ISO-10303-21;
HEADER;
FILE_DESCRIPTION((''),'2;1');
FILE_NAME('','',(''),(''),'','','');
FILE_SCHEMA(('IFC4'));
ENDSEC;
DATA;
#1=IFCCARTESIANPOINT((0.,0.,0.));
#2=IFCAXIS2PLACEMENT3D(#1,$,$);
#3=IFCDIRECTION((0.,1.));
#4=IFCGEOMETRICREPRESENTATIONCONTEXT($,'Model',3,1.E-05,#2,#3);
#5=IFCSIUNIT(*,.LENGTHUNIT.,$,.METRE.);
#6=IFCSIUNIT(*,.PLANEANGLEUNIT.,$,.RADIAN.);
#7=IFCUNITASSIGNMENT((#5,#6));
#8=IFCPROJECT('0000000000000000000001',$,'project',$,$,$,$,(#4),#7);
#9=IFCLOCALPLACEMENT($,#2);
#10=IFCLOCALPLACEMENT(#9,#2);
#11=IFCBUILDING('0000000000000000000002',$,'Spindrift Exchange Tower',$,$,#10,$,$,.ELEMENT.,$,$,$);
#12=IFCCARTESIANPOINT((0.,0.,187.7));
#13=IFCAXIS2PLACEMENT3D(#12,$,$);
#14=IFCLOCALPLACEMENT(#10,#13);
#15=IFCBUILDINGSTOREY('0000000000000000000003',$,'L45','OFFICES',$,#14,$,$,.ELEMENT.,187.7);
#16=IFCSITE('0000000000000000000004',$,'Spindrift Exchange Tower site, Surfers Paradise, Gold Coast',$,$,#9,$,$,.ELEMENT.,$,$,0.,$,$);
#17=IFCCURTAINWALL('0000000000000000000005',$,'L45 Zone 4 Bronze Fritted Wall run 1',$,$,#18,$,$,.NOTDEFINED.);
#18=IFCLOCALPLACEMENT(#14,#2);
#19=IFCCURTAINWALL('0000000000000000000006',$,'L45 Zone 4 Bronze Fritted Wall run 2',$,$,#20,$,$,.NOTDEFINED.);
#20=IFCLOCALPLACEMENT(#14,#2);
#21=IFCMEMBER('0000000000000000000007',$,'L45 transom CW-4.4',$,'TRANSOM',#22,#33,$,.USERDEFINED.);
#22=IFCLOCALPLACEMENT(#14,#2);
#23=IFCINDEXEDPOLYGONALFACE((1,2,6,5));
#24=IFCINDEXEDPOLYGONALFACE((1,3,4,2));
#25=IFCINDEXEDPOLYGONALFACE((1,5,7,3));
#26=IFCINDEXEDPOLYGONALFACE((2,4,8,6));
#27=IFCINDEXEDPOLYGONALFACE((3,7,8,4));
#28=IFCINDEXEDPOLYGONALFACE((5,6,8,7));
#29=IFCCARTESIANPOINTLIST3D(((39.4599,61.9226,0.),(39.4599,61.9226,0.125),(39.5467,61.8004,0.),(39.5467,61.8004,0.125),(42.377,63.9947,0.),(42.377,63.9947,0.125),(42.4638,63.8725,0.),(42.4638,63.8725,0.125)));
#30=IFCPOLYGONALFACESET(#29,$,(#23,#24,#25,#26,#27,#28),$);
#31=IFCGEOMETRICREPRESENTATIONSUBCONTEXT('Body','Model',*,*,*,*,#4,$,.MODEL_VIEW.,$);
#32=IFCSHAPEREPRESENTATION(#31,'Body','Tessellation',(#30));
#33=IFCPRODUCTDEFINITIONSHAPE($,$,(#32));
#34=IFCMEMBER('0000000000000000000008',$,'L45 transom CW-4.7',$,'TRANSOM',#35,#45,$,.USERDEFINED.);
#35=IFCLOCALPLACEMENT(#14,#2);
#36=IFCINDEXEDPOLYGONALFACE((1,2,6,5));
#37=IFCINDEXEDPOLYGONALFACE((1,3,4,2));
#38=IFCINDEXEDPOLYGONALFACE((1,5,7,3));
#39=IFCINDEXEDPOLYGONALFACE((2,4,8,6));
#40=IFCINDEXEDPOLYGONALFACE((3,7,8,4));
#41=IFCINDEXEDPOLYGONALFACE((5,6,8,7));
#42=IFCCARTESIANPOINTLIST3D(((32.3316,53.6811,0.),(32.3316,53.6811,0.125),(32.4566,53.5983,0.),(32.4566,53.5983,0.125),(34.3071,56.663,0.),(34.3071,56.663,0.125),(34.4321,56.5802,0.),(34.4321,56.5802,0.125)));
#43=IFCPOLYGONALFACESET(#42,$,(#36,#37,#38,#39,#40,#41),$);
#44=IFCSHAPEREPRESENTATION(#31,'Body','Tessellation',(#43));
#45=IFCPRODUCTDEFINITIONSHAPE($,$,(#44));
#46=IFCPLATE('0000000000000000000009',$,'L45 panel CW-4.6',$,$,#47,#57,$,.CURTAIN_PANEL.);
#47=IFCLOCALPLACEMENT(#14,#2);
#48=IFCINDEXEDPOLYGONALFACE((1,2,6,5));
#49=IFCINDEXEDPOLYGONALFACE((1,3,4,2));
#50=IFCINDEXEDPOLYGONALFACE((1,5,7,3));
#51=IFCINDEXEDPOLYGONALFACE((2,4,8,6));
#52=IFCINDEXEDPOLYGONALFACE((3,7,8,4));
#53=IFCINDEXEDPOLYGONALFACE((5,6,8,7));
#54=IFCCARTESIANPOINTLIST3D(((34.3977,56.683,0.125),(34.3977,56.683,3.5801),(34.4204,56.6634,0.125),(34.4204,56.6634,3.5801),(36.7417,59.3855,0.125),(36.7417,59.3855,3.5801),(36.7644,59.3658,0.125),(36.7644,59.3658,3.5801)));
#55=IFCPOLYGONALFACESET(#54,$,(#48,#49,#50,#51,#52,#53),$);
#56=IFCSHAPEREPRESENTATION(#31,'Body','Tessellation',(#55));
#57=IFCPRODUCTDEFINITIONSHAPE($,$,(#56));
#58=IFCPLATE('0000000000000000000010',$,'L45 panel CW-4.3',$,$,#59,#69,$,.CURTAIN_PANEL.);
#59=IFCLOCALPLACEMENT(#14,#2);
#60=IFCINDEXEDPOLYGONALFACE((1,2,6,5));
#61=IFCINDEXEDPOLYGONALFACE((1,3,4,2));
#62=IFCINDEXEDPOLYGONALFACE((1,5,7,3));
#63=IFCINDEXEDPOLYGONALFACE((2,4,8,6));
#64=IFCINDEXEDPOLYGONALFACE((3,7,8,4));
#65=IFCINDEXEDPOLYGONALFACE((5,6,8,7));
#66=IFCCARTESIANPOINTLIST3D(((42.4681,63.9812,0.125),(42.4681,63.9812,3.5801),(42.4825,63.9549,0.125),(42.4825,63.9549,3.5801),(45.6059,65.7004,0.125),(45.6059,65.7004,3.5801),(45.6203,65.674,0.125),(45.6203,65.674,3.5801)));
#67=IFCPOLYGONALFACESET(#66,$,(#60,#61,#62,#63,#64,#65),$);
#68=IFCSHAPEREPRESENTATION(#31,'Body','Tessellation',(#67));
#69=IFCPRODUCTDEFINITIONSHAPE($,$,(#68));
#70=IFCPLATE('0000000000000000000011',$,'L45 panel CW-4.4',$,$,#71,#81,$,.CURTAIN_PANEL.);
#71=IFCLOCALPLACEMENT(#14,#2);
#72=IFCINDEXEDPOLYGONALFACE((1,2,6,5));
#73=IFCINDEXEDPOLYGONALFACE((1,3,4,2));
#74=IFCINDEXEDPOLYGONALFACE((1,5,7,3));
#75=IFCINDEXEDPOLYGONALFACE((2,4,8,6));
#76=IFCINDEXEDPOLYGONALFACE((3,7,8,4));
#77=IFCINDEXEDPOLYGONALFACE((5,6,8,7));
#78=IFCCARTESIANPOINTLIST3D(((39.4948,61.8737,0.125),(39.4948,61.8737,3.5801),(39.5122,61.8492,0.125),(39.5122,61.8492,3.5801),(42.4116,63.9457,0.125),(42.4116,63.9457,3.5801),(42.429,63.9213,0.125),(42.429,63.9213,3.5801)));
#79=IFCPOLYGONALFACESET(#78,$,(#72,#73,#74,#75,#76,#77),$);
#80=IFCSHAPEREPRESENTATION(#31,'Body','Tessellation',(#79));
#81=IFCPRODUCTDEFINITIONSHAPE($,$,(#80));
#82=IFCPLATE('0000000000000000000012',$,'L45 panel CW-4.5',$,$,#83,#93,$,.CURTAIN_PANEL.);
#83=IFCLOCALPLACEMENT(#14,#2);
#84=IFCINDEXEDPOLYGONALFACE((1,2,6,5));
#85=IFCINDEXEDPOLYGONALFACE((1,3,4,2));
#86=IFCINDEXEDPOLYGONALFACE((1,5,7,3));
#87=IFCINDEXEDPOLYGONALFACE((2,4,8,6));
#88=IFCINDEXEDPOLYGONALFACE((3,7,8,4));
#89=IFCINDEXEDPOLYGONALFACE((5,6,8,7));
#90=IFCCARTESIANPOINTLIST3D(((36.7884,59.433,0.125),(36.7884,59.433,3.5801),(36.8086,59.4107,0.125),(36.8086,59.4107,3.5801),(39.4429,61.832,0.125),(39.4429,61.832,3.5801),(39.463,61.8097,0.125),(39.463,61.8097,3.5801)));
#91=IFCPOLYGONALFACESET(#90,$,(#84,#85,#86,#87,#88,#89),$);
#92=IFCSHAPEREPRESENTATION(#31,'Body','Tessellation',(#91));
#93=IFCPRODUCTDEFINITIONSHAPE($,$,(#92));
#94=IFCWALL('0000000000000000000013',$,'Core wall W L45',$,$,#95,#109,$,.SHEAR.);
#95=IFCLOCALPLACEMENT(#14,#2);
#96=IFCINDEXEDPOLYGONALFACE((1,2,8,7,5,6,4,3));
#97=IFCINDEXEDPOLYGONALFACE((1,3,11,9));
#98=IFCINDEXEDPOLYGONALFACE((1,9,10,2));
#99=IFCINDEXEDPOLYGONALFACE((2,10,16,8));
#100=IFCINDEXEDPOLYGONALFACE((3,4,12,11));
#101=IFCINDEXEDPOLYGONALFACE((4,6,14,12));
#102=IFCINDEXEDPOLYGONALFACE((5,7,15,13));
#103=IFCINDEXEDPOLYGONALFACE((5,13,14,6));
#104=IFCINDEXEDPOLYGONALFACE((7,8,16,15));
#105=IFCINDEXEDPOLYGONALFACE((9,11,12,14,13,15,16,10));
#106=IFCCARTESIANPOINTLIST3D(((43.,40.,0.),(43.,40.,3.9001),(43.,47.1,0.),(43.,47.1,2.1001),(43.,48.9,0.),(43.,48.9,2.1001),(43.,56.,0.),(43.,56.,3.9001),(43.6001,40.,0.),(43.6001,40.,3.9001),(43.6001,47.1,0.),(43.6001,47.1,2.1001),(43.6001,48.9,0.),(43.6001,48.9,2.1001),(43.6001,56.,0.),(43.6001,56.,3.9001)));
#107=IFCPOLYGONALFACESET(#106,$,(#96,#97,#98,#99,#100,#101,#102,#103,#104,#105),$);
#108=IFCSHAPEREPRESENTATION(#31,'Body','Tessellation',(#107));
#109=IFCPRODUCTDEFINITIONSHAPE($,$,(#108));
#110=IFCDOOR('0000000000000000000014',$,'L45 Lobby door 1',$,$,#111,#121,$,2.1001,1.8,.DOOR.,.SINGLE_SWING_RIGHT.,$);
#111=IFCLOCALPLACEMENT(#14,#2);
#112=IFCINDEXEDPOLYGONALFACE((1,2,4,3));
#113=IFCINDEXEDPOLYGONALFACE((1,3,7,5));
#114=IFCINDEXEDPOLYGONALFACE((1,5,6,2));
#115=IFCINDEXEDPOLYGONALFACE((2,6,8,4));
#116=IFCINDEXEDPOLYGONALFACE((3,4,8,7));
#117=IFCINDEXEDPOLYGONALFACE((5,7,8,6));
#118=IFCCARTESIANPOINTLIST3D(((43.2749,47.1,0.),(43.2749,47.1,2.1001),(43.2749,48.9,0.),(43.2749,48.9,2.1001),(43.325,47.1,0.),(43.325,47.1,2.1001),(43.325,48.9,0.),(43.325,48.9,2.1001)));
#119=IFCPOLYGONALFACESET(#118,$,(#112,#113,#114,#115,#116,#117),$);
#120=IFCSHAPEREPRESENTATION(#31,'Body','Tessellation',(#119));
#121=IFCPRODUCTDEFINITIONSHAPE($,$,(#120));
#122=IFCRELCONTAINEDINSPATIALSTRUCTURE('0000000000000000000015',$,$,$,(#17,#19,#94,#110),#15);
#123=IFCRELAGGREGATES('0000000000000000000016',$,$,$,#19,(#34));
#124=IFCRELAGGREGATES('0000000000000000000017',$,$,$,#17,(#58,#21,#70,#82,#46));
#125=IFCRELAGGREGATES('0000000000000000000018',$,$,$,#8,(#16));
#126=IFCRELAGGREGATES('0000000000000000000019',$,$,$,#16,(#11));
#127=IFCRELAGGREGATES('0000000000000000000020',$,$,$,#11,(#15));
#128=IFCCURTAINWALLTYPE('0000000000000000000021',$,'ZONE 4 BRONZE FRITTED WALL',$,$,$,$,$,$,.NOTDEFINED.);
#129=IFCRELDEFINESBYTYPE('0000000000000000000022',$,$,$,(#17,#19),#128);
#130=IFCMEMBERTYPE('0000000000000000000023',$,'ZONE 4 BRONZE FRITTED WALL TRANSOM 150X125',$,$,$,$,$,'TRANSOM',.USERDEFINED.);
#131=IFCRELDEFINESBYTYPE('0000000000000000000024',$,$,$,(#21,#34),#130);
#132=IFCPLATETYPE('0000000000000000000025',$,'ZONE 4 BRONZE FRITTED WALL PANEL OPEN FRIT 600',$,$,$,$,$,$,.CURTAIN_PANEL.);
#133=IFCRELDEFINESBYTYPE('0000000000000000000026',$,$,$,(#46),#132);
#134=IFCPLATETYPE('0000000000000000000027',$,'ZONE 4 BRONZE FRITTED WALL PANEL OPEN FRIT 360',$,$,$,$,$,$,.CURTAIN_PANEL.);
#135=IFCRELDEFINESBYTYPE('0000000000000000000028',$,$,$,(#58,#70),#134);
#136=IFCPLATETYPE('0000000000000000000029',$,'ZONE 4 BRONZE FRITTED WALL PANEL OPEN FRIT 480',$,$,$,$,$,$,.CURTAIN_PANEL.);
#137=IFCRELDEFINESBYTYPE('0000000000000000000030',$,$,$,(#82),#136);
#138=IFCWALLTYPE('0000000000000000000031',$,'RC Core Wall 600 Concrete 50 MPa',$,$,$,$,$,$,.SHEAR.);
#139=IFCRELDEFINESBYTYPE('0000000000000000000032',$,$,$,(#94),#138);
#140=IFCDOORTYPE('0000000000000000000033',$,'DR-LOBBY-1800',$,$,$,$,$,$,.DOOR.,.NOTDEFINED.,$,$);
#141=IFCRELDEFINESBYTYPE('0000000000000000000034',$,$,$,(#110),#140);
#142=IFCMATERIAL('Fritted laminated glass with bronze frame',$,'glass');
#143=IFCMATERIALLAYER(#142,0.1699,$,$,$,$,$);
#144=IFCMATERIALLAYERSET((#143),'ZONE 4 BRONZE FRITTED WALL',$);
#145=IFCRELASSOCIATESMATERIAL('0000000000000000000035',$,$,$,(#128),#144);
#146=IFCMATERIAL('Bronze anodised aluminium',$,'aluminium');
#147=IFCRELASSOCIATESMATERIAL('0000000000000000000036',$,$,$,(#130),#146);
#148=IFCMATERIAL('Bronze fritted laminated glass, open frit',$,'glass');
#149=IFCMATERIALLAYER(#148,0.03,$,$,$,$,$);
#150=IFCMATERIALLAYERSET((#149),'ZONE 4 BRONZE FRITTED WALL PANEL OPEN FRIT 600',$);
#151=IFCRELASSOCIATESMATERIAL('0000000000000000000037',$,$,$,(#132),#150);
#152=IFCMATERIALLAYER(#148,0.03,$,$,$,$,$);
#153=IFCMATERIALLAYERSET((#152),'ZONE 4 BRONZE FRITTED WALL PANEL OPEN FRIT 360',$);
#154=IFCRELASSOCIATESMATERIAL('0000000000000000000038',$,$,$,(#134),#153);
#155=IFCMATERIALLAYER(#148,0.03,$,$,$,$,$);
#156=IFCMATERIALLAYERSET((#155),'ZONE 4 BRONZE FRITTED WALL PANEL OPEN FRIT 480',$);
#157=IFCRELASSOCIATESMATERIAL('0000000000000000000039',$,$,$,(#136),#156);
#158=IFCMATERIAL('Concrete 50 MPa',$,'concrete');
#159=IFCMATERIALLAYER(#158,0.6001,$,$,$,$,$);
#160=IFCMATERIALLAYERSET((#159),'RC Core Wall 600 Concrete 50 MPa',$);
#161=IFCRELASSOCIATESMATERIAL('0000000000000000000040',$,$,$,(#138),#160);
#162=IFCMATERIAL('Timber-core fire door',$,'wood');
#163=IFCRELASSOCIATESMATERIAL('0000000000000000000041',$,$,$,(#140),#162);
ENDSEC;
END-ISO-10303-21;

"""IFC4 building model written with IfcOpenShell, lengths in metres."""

from ifc_helpers import new_model, si_unit, direction, frame, frame_2d, origin, origin_2d, place, context, subcontext, project, spatial, rectangle, extrude, source, transform, mapped, material, layer, layer_set, material_profile, profile_set, type_object, element, fill, aggregate, save


model = new_model("IFC4")

# Units and contexts
model_context = context("Model", 3, precision=1e-05, world=origin(), true_north=direction((0.0, 1.0)))
body_context = subcontext(model_context, "Body", "Model", "MODEL_VIEW")
ifc_project = project(units=[si_unit("LENGTHUNIT", "METRE"), si_unit("PLANEANGLEUNIT", "RADIAN")], contexts=[model_context])

# Site, building, storey
site_placement = place(None, origin())
site = spatial("IfcSite", under=ifc_project, at=site_placement, Name="Spindrift Exchange Tower site, Surfers Paradise, Gold Coast", CompositionType="ELEMENT", RefElevation=0.0)
building_placement = place(site_placement, origin())
building = spatial("IfcBuilding", under=site, at=building_placement, Name="Spindrift Exchange Tower", CompositionType="ELEMENT")
storey_placement = place(building_placement, frame((0.0, 0.0, 187.7)))
storey = spatial("IfcBuildingStorey", under=building, at=storey_placement, Name="L45", Description="OFFICES", CompositionType="ELEMENT", Elevation=187.7)

# Shared definitions
ifc_material_1 = material(Name="Concrete 50 MPa", Category="concrete")

# Curtain wall
ifc_material_2 = material(Name="Fritted laminated glass with bronze frame", Category="glass")
ifc_layer_1 = layer(ifc_material_2, 0.1699)
ifc_layer_set_1 = layer_set([ifc_layer_1], Name="ZONE 4 BRONZE FRITTED WALL")
curtain_wall_type = type_object("IfcCurtainWallType", Name="ZONE 4 BRONZE FRITTED WALL", PredefinedType="NOTDEFINED", material=ifc_layer_set_1)
curtain_wall_1_placement = place(storey_placement, origin())
curtain_wall_1 = element("IfcCurtainWall", 1, at=curtain_wall_1_placement, inside=storey, type_object=curtain_wall_type, Name="L45 Zone 4 Bronze Fritted Wall run 1", PredefinedType="NOTDEFINED")
ifc_material_3 = material(Name="Bronze anodised aluminium", Category="aluminium")
ifc_material_profile_1 = material_profile(ifc_material_3, rectangle(XDim=0.1499, YDim=0.125, at=origin_2d()), Name="ZONE 4 BRONZE FRITTED WALL TRANSOM 150X125")
ifc_profile_set_1 = profile_set([ifc_material_profile_1], Name="Bronze anodised aluminium")
member_type_1 = type_object("IfcMemberType", Name="ZONE 4 BRONZE FRITTED WALL TRANSOM 150X125", ElementType="TRANSOM", PredefinedType="USERDEFINED", material=ifc_profile_set_1)

# Curtain wall
curtain_wall_2_placement = place(storey_placement, origin())
curtain_wall_2 = element("IfcCurtainWall", 2, at=curtain_wall_2_placement, inside=storey, type_object=curtain_wall_type, Name="L45 Zone 4 Bronze Fritted Wall run 2", PredefinedType="NOTDEFINED")

# Members
shared_shape_1 = source(origin(), body_context, "Body", "SweptSolid", [
    extrude(rectangle(XDim=0.1499, YDim=0.125, at=origin_2d()), origin(), (0.0, 0.0, 1.0), 3.5781),
])
member_1_placement = place(storey_placement, frame((42.4204, 63.9336, 0.0625), z_axis=(-0.815257, -0.5791, 0.0), x_axis=(0.5791, -0.815257, 0.0)))
member_1 = element("IfcMember", 3, at=member_1_placement, type_object=member_type_1, Name="L45 transom CW-4.4", ObjectType="TRANSOM", PredefinedType="USERDEFINED", context=body_context, shape_type="MappedRepresentation", body=[
    mapped(shared_shape_1, transform((0.0, 0.0, 0.0), scale=1.0)),
])
shared_shape_2 = source(origin(), body_context, "Body", "SweptSolid", [
    extrude(rectangle(XDim=0.1499, YDim=0.125, at=origin_2d()), origin(), (0.0, 0.0, 1.0), 3.5769),
])
member_2_placement = place(storey_placement, frame((34.3696, 56.6216, 0.0625), z_axis=(-0.552304, -0.833643, 0.0), x_axis=(0.833643, -0.552304, 0.0)))
member_2 = element("IfcMember", 4, at=member_2_placement, type_object=member_type_1, Name="L45 transom CW-4.7", ObjectType="TRANSOM", PredefinedType="USERDEFINED", context=body_context, shape_type="MappedRepresentation", body=[
    mapped(shared_shape_2, transform((0.0, 0.0, 0.0), scale=1.0)),
])
aggregate(curtain_wall_2, [member_2])

# Plates
ifc_material_4 = material(Name="Bronze fritted laminated glass, open frit", Category="glass")
ifc_layer_2 = layer(ifc_material_4, 0.03)
ifc_layer_set_2 = layer_set([ifc_layer_2], Name="ZONE 4 BRONZE FRITTED WALL PANEL OPEN FRIT 600")
plate_type_1 = type_object("IfcPlateType", Name="ZONE 4 BRONZE FRITTED WALL PANEL OPEN FRIT 600", PredefinedType="CURTAIN_PANEL", material=ifc_layer_set_2)
shared_shape_3 = source(origin(), body_context, "Body", "SweptSolid", [
    extrude(rectangle(XDim=3.5774, YDim=0.03, at=origin_2d()), origin(), (0.0, 0.0, 1.0), 3.4551),
])
plate_1_placement = place(storey_placement, frame((35.5811, 58.0244, 0.125), z_axis=(0.0, 0.0, 1.0), x_axis=(-0.655241, -0.75542, 0.0)))
plate_1 = element("IfcPlate", 5, at=plate_1_placement, type_object=plate_type_1, Name="L45 panel CW-4.6", PredefinedType="CURTAIN_PANEL", context=body_context, shape_type="MappedRepresentation", body=[
    mapped(shared_shape_3, transform((0.0, 0.0, 0.0), scale=1.0)),
])
ifc_layer_3 = layer(ifc_material_4, 0.03)
ifc_layer_set_3 = layer_set([ifc_layer_3], Name="ZONE 4 BRONZE FRITTED WALL PANEL OPEN FRIT 360")
plate_type_2 = type_object("IfcPlateType", Name="ZONE 4 BRONZE FRITTED WALL PANEL OPEN FRIT 360", PredefinedType="CURTAIN_PANEL", material=ifc_layer_set_3)
shared_shape_4 = source(origin(), body_context, "Body", "SweptSolid", [
    extrude(rectangle(XDim=3.5779, YDim=0.03, at=origin_2d()), origin(), (0.0, 0.0, 1.0), 3.4551),
])
plate_2_placement = place(storey_placement, frame((44.0442, 64.8276, 0.125), z_axis=(0.0, 0.0, 1.0), x_axis=(-0.877001, -0.480488, 0.0)))
plate_2 = element("IfcPlate", 6, at=plate_2_placement, type_object=plate_type_2, Name="L45 panel CW-4.3", PredefinedType="CURTAIN_PANEL", context=body_context, shape_type="MappedRepresentation", body=[
    mapped(shared_shape_4, transform((0.0, 0.0, 0.0), scale=1.0)),
])
plate_3_placement = place(storey_placement, frame((40.9619, 62.8975, 0.125), z_axis=(0.0, 0.0, 1.0), x_axis=(-0.815235, -0.57913, 0.0)))
plate_3 = element("IfcPlate", 7, at=plate_3_placement, type_object=plate_type_2, Name="L45 panel CW-4.4", PredefinedType="CURTAIN_PANEL", context=body_context, shape_type="MappedRepresentation", body=[
    mapped(shared_shape_4, transform((0.0, 0.0, 0.0), scale=1.0)),
])
ifc_layer_4 = layer(ifc_material_4, 0.03)
ifc_layer_set_4 = layer_set([ifc_layer_4], Name="ZONE 4 BRONZE FRITTED WALL PANEL OPEN FRIT 480")
plate_type_3 = type_object("IfcPlateType", Name="ZONE 4 BRONZE FRITTED WALL PANEL OPEN FRIT 480", PredefinedType="CURTAIN_PANEL", material=ifc_layer_set_4)
shared_shape_5 = source(origin(), body_context, "Body", "SweptSolid", [
    extrude(rectangle(XDim=3.5779, YDim=0.03, at=origin_2d()), origin(), (0.0, 0.0, 1.0), 3.4551),
])
plate_4_placement = place(storey_placement, frame((38.1257, 60.6213, 0.125), z_axis=(0.0, 0.0, 1.0), x_axis=(-0.741906, -0.670504, 0.0)))
plate_4 = element("IfcPlate", 8, at=plate_4_placement, type_object=plate_type_3, Name="L45 panel CW-4.5", PredefinedType="CURTAIN_PANEL", context=body_context, shape_type="MappedRepresentation", body=[
    mapped(shared_shape_5, transform((0.0, 0.0, 0.0), scale=1.0)),
])
aggregate(curtain_wall_1, [plate_2, member_1, plate_3, plate_4, plate_1])

# Wall, opening, door
ifc_layer_5 = layer(ifc_material_1, 0.6001)
ifc_layer_set_5 = layer_set([ifc_layer_5], Name="RC Core Wall 600 Concrete 50 MPa")
wall_type_1 = type_object("IfcWallType", Name="RC Core Wall 600 Concrete 50 MPa", PredefinedType="SHEAR", material=ifc_layer_set_5)
wall_1_placement = place(storey_placement, frame((43.3, 56.0, 0.0), z_axis=(0.0, 0.0, 1.0), x_axis=(0.0, -1.0, 0.0)))
wall_1 = element("IfcWall", 9, at=wall_1_placement, inside=storey, type_object=wall_type_1, Name="Core wall W L45", PredefinedType="SHEAR", context=body_context, shape_type="SweptSolid", body=[
    extrude(rectangle(XDim=16.0, YDim=0.6001, at=frame_2d((8.0, 0.0))), origin(), (0.0, 0.0, 1.0), 3.9001),
])
opening_1_placement = place(wall_1_placement, frame((7.1001, 0.0, 0.0)))
opening_1 = element("IfcOpeningElement", 10, at=opening_1_placement, cuts=wall_1, PredefinedType="OPENING", context=body_context, shape_type="SweptSolid", body=[
    extrude(rectangle(XDim=1.8, YDim=2.1001, at=frame_2d((0.8999, 1.05))), frame((0.0, 0.3101, 0.0), z_axis=(0.0, -1.0, 0.0), x_axis=(1.0, 0.0, 0.0)), (0.0, 0.0, 1.0), 0.6201),
])
ifc_material_5 = material(Name="Timber-core fire door", Category="wood")
door_type_1 = type_object("IfcDoorType", Name="DR-LOBBY-1800", OperationType="NOTDEFINED", PredefinedType="DOOR", material=ifc_material_5)
shared_shape_6 = source(origin(), body_context, "Body", "SweptSolid", [
    extrude(rectangle(XDim=1.8, YDim=2.1001, at=frame_2d((0.8999, 1.05))), frame((0.0, 0.0249, 0.0), z_axis=(0.0, -1.0, 0.0), x_axis=(1.0, 0.0, 0.0)), (0.0, 0.0, 1.0), 0.05),
])
door_1_placement = place(opening_1_placement, origin())
door_1 = element("IfcDoor", 11, at=door_1_placement, inside=storey, type_object=door_type_1, Name="L45 Lobby door 1", OperationType="SINGLE_SWING_RIGHT", OverallHeight=2.1001, OverallWidth=1.8, PredefinedType="DOOR", context=body_context, shape_type="MappedRepresentation", body=[
    mapped(shared_shape_6, transform((0.0, 0.0, 0.0), scale=1.0)),
])
fill(opening_1, door_1)

save(model, "model.ifc")
